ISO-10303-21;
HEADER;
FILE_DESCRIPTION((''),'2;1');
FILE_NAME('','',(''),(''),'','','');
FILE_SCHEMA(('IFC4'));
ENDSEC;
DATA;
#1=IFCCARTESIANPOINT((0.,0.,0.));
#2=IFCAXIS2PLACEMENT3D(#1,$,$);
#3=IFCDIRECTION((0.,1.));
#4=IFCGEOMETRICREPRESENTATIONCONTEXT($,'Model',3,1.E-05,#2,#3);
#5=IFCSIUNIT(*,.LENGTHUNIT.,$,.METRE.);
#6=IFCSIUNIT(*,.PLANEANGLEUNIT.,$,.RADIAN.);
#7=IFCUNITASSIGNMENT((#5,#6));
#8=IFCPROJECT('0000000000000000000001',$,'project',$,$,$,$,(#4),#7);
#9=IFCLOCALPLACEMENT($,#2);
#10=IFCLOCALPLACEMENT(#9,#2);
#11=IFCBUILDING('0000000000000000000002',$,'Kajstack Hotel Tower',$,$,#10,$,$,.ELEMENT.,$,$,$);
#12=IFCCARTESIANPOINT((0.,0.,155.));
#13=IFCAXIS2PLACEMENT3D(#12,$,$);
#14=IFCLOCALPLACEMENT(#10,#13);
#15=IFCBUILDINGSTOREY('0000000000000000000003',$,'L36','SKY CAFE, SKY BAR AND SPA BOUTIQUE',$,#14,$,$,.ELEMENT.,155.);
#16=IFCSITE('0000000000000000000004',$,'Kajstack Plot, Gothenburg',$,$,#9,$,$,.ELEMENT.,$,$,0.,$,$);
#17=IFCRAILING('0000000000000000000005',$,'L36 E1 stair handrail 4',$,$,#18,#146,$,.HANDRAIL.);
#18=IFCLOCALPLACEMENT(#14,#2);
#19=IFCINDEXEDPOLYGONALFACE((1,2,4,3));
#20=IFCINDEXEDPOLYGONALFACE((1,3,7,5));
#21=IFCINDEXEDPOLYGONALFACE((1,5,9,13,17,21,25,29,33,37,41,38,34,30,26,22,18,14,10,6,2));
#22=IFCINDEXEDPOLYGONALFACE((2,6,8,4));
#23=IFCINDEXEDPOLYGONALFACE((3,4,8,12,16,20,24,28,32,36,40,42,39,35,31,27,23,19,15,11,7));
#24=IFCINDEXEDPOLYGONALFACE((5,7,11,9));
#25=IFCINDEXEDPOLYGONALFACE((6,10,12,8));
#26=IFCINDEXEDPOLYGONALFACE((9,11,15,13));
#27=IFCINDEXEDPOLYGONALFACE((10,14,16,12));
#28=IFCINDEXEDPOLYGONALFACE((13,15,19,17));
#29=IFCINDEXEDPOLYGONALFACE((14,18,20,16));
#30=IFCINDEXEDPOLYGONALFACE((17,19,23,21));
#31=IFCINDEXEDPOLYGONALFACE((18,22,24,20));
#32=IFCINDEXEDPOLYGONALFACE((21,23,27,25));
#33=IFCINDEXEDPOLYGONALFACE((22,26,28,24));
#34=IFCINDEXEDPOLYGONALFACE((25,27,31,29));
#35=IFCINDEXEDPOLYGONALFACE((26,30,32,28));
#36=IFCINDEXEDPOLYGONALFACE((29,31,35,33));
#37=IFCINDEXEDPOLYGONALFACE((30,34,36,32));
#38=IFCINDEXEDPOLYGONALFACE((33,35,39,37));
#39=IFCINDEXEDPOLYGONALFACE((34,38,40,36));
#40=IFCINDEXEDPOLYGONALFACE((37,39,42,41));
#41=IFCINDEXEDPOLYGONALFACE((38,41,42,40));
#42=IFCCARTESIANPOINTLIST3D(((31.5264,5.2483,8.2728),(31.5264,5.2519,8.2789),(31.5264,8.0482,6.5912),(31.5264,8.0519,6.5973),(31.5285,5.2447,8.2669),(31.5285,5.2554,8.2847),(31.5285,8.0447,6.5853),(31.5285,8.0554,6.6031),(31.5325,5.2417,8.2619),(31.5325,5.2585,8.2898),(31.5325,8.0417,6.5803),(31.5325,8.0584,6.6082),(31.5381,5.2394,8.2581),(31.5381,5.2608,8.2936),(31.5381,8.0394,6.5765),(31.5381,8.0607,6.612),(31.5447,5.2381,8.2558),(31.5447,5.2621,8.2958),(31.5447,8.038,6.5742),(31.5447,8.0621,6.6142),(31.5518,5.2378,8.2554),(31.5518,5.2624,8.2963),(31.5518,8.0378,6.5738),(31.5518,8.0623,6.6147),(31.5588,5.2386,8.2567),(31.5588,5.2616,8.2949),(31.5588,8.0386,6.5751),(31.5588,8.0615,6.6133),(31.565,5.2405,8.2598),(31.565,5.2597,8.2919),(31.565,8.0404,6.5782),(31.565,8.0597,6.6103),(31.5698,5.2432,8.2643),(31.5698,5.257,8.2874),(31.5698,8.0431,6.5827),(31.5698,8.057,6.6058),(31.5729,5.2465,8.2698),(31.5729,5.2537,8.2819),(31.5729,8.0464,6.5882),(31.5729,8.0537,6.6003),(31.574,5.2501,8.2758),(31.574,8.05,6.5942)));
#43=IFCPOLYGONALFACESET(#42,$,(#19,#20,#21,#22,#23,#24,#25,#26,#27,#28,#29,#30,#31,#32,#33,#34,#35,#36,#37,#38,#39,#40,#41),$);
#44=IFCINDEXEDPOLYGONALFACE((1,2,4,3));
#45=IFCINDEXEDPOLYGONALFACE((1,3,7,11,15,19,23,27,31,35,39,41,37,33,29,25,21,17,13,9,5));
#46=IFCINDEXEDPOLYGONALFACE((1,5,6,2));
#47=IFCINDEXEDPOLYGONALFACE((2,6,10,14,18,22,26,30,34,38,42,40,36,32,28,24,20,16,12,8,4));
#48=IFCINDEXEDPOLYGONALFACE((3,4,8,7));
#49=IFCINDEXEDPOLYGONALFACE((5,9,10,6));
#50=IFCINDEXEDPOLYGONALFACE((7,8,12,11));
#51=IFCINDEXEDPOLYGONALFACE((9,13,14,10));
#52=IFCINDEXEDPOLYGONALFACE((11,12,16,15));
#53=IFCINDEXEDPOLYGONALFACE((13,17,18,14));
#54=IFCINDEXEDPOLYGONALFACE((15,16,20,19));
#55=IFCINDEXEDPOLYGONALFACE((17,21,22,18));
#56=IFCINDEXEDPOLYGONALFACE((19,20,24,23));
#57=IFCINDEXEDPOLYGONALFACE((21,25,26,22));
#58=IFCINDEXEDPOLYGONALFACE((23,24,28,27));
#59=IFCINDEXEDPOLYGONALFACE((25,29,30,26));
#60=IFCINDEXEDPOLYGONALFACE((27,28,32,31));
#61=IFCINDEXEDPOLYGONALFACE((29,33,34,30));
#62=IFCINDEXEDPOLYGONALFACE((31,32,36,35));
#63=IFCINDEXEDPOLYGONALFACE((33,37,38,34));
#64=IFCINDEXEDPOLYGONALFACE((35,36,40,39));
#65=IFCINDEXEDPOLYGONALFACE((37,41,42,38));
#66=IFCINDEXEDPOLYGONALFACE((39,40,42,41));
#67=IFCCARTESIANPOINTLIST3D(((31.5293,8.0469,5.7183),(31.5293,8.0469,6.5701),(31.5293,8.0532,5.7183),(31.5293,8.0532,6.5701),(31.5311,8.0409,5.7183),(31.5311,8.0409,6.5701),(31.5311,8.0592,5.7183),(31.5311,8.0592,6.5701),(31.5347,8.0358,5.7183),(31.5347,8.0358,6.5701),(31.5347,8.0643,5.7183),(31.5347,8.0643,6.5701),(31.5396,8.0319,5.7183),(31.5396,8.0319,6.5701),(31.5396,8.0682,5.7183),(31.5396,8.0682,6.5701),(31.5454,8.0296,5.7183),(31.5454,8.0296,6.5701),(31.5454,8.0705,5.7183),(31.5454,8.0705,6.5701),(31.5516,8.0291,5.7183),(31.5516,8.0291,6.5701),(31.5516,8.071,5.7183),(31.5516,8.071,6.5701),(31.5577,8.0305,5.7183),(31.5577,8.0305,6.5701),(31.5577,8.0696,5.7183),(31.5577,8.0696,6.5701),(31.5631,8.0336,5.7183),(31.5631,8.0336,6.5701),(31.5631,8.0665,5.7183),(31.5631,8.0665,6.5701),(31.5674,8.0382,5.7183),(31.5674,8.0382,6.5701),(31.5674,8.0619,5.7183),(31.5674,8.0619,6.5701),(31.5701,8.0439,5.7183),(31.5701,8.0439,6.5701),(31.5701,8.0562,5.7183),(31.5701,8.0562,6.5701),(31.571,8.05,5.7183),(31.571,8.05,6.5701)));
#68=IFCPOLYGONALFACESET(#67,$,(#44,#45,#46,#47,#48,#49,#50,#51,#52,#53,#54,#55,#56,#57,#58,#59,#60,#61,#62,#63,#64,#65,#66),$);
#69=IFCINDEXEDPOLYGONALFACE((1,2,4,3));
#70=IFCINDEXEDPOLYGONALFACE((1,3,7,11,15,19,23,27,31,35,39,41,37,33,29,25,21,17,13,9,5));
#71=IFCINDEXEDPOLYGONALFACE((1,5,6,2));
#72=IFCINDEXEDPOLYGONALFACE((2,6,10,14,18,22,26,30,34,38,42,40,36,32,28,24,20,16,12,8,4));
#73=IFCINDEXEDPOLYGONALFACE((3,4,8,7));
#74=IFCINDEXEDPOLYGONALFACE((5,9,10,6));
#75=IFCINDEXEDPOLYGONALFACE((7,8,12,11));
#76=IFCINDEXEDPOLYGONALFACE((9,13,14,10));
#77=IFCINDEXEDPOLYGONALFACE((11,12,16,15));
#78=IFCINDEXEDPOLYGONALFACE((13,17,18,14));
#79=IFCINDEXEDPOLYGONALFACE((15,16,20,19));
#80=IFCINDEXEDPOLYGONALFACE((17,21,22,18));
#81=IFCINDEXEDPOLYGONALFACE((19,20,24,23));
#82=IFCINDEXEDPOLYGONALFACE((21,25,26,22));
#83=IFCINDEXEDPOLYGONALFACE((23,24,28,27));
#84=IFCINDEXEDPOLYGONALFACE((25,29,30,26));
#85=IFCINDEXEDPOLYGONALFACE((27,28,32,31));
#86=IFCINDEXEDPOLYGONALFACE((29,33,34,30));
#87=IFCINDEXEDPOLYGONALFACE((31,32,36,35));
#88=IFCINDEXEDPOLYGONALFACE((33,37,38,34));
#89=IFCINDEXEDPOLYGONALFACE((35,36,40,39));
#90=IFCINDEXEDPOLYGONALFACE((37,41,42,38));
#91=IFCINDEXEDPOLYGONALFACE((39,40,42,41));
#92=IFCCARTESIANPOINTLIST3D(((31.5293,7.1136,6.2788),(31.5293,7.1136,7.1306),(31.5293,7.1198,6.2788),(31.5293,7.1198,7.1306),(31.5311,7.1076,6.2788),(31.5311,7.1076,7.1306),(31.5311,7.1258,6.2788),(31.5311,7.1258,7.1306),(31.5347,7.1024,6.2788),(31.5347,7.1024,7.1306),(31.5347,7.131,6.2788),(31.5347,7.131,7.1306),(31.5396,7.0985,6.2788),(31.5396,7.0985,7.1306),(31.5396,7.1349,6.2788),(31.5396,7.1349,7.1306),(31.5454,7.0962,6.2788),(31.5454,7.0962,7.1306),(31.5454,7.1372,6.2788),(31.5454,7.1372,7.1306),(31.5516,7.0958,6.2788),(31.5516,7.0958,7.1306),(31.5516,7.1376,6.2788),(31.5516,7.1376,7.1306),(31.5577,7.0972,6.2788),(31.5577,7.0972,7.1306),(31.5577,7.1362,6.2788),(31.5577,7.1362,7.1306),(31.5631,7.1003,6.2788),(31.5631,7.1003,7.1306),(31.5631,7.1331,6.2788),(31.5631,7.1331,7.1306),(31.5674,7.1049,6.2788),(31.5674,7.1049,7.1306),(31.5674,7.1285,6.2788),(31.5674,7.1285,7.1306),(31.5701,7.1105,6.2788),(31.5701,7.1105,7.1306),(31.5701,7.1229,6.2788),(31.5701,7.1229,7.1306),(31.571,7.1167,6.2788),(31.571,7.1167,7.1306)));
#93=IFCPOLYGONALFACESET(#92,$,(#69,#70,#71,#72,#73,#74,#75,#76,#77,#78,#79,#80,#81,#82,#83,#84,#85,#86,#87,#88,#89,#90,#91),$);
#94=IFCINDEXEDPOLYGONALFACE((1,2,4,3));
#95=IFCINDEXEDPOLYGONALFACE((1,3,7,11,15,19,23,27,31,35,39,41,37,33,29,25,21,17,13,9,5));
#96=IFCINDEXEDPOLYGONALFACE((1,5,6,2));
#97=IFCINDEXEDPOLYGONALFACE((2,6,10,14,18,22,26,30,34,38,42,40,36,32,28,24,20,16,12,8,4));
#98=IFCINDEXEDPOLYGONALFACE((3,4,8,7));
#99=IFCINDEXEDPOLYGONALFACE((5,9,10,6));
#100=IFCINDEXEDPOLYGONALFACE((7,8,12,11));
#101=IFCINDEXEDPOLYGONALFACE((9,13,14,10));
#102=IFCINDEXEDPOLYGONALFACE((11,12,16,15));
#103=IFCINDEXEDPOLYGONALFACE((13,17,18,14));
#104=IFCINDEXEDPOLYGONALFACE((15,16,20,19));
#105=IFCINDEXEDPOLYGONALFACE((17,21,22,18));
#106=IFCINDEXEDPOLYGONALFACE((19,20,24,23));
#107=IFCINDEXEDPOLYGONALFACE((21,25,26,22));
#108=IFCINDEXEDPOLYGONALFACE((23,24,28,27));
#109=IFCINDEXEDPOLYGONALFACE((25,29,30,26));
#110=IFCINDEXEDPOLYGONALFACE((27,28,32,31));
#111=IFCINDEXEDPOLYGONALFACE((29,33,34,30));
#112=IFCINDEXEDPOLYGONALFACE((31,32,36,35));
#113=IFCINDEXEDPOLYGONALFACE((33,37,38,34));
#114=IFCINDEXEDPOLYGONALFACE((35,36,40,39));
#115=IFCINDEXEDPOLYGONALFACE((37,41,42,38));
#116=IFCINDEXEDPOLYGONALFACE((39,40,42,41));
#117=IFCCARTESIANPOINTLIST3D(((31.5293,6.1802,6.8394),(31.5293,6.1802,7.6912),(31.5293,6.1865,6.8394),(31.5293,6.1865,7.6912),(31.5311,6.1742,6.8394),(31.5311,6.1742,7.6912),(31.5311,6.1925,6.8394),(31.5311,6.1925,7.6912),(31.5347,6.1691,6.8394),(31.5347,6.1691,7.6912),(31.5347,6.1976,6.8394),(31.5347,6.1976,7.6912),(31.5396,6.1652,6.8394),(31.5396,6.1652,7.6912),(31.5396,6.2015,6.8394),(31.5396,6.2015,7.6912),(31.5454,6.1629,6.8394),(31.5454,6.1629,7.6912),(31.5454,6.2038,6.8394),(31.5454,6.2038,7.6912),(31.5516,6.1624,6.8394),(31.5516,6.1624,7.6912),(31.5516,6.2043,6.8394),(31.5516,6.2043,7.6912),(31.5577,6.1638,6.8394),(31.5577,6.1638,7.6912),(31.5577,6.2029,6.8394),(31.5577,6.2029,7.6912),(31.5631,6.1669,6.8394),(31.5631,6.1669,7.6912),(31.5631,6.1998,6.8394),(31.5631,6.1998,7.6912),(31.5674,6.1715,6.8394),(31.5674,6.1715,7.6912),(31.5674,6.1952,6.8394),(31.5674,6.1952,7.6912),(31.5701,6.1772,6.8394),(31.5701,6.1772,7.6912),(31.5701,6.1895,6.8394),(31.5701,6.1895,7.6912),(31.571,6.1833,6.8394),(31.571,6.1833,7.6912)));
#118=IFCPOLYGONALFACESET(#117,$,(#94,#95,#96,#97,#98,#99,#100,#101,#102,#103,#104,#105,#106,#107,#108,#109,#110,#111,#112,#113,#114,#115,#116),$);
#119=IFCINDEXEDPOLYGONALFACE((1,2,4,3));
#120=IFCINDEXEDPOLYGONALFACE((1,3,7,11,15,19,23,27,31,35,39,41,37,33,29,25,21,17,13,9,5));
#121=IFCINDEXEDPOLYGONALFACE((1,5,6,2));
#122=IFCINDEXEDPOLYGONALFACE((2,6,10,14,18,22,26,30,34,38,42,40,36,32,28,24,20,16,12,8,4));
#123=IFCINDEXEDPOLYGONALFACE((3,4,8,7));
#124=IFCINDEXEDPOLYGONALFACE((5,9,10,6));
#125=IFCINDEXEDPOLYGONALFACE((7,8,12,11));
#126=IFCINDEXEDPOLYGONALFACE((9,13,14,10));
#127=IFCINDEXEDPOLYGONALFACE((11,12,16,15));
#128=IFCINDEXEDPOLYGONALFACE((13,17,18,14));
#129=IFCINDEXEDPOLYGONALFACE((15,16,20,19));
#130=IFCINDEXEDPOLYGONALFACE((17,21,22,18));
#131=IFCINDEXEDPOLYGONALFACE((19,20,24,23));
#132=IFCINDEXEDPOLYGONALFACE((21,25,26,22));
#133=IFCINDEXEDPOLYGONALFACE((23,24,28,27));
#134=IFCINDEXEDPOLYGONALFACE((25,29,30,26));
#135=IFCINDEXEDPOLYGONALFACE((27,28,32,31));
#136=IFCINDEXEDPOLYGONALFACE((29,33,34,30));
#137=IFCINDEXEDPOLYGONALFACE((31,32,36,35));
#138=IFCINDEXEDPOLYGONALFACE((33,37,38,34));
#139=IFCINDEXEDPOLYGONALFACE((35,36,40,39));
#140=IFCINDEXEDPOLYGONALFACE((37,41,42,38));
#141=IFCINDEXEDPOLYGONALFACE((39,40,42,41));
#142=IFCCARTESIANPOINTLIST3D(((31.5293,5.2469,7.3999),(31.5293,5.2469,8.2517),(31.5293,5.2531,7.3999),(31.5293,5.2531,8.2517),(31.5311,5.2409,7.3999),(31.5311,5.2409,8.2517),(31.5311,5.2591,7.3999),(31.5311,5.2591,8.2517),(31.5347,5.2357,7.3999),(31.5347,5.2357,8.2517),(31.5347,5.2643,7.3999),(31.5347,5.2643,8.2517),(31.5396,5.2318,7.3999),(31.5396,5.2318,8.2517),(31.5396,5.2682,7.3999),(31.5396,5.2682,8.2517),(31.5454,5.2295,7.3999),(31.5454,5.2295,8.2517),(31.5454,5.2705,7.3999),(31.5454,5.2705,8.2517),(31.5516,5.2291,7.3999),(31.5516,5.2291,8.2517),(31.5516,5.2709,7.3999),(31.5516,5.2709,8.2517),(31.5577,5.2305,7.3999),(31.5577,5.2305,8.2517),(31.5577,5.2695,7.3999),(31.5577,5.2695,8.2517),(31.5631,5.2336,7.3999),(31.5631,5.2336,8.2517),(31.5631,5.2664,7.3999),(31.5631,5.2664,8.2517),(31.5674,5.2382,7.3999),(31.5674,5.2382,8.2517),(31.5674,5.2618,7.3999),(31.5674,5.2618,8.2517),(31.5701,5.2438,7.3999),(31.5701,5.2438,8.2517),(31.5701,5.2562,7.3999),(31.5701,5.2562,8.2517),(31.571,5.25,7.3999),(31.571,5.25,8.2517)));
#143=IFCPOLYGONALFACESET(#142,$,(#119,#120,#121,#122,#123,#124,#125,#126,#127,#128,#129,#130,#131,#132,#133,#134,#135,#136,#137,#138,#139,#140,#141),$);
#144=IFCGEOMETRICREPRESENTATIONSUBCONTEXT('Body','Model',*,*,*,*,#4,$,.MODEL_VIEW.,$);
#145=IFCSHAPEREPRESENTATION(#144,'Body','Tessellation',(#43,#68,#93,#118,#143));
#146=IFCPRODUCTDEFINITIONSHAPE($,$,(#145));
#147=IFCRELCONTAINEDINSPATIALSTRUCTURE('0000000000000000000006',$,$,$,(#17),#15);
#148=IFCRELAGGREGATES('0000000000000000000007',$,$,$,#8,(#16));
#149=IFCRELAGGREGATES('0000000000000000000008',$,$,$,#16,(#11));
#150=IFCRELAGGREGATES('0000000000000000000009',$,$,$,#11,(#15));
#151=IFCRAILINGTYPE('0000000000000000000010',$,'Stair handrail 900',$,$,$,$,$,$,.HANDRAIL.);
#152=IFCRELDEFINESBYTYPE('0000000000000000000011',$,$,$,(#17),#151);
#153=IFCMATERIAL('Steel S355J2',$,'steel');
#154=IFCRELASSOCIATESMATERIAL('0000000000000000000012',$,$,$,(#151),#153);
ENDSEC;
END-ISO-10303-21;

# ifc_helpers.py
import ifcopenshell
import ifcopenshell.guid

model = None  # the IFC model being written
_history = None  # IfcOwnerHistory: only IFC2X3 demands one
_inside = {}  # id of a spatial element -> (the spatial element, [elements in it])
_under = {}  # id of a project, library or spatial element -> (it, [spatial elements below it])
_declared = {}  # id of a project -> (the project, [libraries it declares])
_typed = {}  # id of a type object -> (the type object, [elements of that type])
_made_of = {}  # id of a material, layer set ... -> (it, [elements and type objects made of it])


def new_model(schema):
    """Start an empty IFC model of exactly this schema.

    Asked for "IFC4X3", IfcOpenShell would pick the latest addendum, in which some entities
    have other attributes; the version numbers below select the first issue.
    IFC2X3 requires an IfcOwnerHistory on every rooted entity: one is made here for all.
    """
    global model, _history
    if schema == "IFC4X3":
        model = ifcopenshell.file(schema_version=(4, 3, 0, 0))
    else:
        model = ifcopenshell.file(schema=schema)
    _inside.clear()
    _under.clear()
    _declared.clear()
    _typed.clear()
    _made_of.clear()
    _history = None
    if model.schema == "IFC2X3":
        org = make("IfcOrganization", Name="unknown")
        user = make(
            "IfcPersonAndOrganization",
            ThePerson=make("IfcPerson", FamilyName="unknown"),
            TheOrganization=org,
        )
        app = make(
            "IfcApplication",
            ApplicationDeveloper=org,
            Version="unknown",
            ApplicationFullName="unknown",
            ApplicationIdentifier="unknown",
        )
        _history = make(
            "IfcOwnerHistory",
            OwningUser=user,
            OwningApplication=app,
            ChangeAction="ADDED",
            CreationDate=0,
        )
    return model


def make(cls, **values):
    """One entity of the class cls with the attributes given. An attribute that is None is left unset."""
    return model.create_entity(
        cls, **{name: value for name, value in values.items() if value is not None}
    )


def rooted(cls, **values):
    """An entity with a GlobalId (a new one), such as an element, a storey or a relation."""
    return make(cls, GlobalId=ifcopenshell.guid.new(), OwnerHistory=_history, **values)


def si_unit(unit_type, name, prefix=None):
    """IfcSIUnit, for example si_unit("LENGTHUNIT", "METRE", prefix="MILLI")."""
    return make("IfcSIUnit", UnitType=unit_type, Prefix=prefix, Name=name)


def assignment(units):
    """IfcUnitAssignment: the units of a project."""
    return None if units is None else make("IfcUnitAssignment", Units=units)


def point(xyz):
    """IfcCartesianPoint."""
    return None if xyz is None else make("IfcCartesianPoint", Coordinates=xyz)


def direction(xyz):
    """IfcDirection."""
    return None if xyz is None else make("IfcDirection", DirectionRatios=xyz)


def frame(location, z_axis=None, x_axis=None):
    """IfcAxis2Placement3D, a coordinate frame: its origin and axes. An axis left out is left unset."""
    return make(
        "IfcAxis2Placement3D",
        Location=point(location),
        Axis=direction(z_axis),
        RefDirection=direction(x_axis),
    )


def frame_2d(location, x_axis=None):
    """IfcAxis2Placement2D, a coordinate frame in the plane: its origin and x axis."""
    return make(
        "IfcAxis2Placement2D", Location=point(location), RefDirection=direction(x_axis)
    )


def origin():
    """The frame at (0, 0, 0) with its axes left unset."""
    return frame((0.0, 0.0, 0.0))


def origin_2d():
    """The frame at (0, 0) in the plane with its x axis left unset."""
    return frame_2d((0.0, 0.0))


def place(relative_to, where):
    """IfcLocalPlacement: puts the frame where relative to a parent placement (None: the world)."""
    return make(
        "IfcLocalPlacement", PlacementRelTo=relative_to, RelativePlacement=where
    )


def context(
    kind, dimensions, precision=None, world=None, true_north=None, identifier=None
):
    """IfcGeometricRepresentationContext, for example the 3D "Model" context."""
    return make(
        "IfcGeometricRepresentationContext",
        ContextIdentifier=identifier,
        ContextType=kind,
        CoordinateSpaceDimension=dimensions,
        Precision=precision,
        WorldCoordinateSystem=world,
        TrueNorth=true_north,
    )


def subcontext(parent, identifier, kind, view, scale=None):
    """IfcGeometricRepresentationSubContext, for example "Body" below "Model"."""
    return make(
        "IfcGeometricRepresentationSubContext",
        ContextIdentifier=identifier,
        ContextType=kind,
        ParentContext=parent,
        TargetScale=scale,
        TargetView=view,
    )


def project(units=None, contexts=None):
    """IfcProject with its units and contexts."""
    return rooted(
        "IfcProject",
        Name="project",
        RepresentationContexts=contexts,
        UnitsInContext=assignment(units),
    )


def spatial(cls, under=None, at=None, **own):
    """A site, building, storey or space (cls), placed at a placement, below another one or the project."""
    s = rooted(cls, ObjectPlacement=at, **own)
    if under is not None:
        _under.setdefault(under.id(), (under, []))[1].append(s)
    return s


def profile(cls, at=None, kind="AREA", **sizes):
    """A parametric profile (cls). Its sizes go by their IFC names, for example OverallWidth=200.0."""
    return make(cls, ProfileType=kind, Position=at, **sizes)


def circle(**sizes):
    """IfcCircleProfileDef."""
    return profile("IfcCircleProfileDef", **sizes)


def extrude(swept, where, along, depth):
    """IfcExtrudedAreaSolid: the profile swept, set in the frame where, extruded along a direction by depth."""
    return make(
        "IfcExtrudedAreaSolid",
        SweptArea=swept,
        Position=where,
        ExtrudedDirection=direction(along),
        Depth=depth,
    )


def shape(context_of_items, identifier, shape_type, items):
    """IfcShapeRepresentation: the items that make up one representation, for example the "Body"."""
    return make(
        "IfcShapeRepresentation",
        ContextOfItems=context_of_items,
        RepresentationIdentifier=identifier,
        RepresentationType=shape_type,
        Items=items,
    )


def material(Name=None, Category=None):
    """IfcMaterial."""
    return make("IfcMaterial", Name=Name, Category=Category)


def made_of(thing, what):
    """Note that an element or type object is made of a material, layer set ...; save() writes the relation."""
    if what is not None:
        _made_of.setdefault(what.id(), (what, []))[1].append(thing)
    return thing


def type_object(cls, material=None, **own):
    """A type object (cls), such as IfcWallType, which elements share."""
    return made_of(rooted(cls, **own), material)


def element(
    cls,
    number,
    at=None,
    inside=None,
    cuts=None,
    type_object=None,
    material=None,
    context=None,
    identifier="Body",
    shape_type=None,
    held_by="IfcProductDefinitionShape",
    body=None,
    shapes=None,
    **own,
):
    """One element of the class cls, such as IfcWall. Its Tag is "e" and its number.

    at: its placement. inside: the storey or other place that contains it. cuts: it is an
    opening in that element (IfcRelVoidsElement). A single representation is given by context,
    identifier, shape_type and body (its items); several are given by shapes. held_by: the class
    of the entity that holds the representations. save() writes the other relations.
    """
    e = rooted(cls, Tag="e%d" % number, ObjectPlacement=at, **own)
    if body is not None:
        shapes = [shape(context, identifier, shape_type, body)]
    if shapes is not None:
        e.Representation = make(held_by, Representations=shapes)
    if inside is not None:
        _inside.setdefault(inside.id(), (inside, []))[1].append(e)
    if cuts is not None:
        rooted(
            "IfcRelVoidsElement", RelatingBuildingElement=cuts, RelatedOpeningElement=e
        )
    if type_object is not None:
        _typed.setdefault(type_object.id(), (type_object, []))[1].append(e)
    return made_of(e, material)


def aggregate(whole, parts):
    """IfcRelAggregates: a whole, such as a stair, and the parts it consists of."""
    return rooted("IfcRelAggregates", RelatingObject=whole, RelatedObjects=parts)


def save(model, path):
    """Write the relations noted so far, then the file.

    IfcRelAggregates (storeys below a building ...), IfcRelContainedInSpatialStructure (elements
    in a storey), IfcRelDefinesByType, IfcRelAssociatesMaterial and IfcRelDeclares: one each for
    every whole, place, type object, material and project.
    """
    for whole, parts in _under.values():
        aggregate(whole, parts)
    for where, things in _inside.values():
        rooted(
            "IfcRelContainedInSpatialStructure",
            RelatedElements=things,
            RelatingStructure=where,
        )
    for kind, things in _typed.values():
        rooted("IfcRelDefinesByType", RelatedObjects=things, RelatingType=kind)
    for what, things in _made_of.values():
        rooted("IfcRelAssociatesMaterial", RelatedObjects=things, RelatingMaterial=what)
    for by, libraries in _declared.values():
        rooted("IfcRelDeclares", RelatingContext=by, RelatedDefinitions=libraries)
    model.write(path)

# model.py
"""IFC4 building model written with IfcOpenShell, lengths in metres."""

from ifc_helpers import new_model, si_unit, direction, frame, origin, origin_2d, place, context, subcontext, project, spatial, circle, extrude, material, type_object, element, save


model = new_model("IFC4")

# Units and contexts
model_context = context("Model", 3, precision=1e-05, world=origin(), true_north=direction((0.0, 1.0)))
body_context = subcontext(model_context, "Body", "Model", "MODEL_VIEW")
ifc_project = project(units=[si_unit("LENGTHUNIT", "METRE"), si_unit("PLANEANGLEUNIT", "RADIAN")], contexts=[model_context])

# Site, building, storey
site_placement = place(None, origin())
site = spatial("IfcSite", under=ifc_project, at=site_placement, Name="Kajstack Plot, Gothenburg", CompositionType="ELEMENT", RefElevation=0.0)
building_placement = place(site_placement, origin())
building = spatial("IfcBuilding", under=site, at=building_placement, Name="Kajstack Hotel Tower", CompositionType="ELEMENT")
storey_placement = place(building_placement, frame((0.0, 0.0, 155.0)))
storey = spatial("IfcBuildingStorey", under=building, at=storey_placement, Name="L36", Description="SKY CAFE, SKY BAR AND SPA BOUTIQUE", CompositionType="ELEMENT", Elevation=155.0)

# Railing
ifc_material_1 = material(Name="Steel S355J2", Category="steel")
railing_type_1 = type_object("IfcRailingType", Name="Stair handrail 900", PredefinedType="HANDRAIL", material=ifc_material_1)
railing_1_placement = place(storey_placement, frame((31.55, 8.05, 5.7183)))
element("IfcRailing", 1, at=railing_1_placement, inside=storey, type_object=railing_type_1, Name="L36 E1 stair handrail 4", PredefinedType="HANDRAIL", context=body_context, shape_type="SweptSolid", body=[
    extrude(circle(Radius=0.0239, at=origin_2d()), frame((0.0, 0.0, 0.876), z_axis=(0.0, -0.857275, 0.514858), x_axis=(1.0, 0.0, 0.0)), (0.0, 0.0, 1.0), 3.2661),
    extrude(circle(Radius=0.021, at=origin_2d()), origin(), (0.0, 0.0, 1.0), 0.8518),
    extrude(circle(Radius=0.021, at=origin_2d()), frame((0.0, -0.9333, 0.5605)), (0.0, 0.0, 1.0), 0.8518),
    extrude(circle(Radius=0.021, at=origin_2d()), frame((0.0, -1.8667, 1.1211)), (0.0, 0.0, 1.0), 0.8518),
    extrude(circle(Radius=0.021, at=origin_2d()), frame((0.0, -2.8, 1.6816)), (0.0, 0.0, 1.0), 0.8518),
])

save(model, "model.ifc")
